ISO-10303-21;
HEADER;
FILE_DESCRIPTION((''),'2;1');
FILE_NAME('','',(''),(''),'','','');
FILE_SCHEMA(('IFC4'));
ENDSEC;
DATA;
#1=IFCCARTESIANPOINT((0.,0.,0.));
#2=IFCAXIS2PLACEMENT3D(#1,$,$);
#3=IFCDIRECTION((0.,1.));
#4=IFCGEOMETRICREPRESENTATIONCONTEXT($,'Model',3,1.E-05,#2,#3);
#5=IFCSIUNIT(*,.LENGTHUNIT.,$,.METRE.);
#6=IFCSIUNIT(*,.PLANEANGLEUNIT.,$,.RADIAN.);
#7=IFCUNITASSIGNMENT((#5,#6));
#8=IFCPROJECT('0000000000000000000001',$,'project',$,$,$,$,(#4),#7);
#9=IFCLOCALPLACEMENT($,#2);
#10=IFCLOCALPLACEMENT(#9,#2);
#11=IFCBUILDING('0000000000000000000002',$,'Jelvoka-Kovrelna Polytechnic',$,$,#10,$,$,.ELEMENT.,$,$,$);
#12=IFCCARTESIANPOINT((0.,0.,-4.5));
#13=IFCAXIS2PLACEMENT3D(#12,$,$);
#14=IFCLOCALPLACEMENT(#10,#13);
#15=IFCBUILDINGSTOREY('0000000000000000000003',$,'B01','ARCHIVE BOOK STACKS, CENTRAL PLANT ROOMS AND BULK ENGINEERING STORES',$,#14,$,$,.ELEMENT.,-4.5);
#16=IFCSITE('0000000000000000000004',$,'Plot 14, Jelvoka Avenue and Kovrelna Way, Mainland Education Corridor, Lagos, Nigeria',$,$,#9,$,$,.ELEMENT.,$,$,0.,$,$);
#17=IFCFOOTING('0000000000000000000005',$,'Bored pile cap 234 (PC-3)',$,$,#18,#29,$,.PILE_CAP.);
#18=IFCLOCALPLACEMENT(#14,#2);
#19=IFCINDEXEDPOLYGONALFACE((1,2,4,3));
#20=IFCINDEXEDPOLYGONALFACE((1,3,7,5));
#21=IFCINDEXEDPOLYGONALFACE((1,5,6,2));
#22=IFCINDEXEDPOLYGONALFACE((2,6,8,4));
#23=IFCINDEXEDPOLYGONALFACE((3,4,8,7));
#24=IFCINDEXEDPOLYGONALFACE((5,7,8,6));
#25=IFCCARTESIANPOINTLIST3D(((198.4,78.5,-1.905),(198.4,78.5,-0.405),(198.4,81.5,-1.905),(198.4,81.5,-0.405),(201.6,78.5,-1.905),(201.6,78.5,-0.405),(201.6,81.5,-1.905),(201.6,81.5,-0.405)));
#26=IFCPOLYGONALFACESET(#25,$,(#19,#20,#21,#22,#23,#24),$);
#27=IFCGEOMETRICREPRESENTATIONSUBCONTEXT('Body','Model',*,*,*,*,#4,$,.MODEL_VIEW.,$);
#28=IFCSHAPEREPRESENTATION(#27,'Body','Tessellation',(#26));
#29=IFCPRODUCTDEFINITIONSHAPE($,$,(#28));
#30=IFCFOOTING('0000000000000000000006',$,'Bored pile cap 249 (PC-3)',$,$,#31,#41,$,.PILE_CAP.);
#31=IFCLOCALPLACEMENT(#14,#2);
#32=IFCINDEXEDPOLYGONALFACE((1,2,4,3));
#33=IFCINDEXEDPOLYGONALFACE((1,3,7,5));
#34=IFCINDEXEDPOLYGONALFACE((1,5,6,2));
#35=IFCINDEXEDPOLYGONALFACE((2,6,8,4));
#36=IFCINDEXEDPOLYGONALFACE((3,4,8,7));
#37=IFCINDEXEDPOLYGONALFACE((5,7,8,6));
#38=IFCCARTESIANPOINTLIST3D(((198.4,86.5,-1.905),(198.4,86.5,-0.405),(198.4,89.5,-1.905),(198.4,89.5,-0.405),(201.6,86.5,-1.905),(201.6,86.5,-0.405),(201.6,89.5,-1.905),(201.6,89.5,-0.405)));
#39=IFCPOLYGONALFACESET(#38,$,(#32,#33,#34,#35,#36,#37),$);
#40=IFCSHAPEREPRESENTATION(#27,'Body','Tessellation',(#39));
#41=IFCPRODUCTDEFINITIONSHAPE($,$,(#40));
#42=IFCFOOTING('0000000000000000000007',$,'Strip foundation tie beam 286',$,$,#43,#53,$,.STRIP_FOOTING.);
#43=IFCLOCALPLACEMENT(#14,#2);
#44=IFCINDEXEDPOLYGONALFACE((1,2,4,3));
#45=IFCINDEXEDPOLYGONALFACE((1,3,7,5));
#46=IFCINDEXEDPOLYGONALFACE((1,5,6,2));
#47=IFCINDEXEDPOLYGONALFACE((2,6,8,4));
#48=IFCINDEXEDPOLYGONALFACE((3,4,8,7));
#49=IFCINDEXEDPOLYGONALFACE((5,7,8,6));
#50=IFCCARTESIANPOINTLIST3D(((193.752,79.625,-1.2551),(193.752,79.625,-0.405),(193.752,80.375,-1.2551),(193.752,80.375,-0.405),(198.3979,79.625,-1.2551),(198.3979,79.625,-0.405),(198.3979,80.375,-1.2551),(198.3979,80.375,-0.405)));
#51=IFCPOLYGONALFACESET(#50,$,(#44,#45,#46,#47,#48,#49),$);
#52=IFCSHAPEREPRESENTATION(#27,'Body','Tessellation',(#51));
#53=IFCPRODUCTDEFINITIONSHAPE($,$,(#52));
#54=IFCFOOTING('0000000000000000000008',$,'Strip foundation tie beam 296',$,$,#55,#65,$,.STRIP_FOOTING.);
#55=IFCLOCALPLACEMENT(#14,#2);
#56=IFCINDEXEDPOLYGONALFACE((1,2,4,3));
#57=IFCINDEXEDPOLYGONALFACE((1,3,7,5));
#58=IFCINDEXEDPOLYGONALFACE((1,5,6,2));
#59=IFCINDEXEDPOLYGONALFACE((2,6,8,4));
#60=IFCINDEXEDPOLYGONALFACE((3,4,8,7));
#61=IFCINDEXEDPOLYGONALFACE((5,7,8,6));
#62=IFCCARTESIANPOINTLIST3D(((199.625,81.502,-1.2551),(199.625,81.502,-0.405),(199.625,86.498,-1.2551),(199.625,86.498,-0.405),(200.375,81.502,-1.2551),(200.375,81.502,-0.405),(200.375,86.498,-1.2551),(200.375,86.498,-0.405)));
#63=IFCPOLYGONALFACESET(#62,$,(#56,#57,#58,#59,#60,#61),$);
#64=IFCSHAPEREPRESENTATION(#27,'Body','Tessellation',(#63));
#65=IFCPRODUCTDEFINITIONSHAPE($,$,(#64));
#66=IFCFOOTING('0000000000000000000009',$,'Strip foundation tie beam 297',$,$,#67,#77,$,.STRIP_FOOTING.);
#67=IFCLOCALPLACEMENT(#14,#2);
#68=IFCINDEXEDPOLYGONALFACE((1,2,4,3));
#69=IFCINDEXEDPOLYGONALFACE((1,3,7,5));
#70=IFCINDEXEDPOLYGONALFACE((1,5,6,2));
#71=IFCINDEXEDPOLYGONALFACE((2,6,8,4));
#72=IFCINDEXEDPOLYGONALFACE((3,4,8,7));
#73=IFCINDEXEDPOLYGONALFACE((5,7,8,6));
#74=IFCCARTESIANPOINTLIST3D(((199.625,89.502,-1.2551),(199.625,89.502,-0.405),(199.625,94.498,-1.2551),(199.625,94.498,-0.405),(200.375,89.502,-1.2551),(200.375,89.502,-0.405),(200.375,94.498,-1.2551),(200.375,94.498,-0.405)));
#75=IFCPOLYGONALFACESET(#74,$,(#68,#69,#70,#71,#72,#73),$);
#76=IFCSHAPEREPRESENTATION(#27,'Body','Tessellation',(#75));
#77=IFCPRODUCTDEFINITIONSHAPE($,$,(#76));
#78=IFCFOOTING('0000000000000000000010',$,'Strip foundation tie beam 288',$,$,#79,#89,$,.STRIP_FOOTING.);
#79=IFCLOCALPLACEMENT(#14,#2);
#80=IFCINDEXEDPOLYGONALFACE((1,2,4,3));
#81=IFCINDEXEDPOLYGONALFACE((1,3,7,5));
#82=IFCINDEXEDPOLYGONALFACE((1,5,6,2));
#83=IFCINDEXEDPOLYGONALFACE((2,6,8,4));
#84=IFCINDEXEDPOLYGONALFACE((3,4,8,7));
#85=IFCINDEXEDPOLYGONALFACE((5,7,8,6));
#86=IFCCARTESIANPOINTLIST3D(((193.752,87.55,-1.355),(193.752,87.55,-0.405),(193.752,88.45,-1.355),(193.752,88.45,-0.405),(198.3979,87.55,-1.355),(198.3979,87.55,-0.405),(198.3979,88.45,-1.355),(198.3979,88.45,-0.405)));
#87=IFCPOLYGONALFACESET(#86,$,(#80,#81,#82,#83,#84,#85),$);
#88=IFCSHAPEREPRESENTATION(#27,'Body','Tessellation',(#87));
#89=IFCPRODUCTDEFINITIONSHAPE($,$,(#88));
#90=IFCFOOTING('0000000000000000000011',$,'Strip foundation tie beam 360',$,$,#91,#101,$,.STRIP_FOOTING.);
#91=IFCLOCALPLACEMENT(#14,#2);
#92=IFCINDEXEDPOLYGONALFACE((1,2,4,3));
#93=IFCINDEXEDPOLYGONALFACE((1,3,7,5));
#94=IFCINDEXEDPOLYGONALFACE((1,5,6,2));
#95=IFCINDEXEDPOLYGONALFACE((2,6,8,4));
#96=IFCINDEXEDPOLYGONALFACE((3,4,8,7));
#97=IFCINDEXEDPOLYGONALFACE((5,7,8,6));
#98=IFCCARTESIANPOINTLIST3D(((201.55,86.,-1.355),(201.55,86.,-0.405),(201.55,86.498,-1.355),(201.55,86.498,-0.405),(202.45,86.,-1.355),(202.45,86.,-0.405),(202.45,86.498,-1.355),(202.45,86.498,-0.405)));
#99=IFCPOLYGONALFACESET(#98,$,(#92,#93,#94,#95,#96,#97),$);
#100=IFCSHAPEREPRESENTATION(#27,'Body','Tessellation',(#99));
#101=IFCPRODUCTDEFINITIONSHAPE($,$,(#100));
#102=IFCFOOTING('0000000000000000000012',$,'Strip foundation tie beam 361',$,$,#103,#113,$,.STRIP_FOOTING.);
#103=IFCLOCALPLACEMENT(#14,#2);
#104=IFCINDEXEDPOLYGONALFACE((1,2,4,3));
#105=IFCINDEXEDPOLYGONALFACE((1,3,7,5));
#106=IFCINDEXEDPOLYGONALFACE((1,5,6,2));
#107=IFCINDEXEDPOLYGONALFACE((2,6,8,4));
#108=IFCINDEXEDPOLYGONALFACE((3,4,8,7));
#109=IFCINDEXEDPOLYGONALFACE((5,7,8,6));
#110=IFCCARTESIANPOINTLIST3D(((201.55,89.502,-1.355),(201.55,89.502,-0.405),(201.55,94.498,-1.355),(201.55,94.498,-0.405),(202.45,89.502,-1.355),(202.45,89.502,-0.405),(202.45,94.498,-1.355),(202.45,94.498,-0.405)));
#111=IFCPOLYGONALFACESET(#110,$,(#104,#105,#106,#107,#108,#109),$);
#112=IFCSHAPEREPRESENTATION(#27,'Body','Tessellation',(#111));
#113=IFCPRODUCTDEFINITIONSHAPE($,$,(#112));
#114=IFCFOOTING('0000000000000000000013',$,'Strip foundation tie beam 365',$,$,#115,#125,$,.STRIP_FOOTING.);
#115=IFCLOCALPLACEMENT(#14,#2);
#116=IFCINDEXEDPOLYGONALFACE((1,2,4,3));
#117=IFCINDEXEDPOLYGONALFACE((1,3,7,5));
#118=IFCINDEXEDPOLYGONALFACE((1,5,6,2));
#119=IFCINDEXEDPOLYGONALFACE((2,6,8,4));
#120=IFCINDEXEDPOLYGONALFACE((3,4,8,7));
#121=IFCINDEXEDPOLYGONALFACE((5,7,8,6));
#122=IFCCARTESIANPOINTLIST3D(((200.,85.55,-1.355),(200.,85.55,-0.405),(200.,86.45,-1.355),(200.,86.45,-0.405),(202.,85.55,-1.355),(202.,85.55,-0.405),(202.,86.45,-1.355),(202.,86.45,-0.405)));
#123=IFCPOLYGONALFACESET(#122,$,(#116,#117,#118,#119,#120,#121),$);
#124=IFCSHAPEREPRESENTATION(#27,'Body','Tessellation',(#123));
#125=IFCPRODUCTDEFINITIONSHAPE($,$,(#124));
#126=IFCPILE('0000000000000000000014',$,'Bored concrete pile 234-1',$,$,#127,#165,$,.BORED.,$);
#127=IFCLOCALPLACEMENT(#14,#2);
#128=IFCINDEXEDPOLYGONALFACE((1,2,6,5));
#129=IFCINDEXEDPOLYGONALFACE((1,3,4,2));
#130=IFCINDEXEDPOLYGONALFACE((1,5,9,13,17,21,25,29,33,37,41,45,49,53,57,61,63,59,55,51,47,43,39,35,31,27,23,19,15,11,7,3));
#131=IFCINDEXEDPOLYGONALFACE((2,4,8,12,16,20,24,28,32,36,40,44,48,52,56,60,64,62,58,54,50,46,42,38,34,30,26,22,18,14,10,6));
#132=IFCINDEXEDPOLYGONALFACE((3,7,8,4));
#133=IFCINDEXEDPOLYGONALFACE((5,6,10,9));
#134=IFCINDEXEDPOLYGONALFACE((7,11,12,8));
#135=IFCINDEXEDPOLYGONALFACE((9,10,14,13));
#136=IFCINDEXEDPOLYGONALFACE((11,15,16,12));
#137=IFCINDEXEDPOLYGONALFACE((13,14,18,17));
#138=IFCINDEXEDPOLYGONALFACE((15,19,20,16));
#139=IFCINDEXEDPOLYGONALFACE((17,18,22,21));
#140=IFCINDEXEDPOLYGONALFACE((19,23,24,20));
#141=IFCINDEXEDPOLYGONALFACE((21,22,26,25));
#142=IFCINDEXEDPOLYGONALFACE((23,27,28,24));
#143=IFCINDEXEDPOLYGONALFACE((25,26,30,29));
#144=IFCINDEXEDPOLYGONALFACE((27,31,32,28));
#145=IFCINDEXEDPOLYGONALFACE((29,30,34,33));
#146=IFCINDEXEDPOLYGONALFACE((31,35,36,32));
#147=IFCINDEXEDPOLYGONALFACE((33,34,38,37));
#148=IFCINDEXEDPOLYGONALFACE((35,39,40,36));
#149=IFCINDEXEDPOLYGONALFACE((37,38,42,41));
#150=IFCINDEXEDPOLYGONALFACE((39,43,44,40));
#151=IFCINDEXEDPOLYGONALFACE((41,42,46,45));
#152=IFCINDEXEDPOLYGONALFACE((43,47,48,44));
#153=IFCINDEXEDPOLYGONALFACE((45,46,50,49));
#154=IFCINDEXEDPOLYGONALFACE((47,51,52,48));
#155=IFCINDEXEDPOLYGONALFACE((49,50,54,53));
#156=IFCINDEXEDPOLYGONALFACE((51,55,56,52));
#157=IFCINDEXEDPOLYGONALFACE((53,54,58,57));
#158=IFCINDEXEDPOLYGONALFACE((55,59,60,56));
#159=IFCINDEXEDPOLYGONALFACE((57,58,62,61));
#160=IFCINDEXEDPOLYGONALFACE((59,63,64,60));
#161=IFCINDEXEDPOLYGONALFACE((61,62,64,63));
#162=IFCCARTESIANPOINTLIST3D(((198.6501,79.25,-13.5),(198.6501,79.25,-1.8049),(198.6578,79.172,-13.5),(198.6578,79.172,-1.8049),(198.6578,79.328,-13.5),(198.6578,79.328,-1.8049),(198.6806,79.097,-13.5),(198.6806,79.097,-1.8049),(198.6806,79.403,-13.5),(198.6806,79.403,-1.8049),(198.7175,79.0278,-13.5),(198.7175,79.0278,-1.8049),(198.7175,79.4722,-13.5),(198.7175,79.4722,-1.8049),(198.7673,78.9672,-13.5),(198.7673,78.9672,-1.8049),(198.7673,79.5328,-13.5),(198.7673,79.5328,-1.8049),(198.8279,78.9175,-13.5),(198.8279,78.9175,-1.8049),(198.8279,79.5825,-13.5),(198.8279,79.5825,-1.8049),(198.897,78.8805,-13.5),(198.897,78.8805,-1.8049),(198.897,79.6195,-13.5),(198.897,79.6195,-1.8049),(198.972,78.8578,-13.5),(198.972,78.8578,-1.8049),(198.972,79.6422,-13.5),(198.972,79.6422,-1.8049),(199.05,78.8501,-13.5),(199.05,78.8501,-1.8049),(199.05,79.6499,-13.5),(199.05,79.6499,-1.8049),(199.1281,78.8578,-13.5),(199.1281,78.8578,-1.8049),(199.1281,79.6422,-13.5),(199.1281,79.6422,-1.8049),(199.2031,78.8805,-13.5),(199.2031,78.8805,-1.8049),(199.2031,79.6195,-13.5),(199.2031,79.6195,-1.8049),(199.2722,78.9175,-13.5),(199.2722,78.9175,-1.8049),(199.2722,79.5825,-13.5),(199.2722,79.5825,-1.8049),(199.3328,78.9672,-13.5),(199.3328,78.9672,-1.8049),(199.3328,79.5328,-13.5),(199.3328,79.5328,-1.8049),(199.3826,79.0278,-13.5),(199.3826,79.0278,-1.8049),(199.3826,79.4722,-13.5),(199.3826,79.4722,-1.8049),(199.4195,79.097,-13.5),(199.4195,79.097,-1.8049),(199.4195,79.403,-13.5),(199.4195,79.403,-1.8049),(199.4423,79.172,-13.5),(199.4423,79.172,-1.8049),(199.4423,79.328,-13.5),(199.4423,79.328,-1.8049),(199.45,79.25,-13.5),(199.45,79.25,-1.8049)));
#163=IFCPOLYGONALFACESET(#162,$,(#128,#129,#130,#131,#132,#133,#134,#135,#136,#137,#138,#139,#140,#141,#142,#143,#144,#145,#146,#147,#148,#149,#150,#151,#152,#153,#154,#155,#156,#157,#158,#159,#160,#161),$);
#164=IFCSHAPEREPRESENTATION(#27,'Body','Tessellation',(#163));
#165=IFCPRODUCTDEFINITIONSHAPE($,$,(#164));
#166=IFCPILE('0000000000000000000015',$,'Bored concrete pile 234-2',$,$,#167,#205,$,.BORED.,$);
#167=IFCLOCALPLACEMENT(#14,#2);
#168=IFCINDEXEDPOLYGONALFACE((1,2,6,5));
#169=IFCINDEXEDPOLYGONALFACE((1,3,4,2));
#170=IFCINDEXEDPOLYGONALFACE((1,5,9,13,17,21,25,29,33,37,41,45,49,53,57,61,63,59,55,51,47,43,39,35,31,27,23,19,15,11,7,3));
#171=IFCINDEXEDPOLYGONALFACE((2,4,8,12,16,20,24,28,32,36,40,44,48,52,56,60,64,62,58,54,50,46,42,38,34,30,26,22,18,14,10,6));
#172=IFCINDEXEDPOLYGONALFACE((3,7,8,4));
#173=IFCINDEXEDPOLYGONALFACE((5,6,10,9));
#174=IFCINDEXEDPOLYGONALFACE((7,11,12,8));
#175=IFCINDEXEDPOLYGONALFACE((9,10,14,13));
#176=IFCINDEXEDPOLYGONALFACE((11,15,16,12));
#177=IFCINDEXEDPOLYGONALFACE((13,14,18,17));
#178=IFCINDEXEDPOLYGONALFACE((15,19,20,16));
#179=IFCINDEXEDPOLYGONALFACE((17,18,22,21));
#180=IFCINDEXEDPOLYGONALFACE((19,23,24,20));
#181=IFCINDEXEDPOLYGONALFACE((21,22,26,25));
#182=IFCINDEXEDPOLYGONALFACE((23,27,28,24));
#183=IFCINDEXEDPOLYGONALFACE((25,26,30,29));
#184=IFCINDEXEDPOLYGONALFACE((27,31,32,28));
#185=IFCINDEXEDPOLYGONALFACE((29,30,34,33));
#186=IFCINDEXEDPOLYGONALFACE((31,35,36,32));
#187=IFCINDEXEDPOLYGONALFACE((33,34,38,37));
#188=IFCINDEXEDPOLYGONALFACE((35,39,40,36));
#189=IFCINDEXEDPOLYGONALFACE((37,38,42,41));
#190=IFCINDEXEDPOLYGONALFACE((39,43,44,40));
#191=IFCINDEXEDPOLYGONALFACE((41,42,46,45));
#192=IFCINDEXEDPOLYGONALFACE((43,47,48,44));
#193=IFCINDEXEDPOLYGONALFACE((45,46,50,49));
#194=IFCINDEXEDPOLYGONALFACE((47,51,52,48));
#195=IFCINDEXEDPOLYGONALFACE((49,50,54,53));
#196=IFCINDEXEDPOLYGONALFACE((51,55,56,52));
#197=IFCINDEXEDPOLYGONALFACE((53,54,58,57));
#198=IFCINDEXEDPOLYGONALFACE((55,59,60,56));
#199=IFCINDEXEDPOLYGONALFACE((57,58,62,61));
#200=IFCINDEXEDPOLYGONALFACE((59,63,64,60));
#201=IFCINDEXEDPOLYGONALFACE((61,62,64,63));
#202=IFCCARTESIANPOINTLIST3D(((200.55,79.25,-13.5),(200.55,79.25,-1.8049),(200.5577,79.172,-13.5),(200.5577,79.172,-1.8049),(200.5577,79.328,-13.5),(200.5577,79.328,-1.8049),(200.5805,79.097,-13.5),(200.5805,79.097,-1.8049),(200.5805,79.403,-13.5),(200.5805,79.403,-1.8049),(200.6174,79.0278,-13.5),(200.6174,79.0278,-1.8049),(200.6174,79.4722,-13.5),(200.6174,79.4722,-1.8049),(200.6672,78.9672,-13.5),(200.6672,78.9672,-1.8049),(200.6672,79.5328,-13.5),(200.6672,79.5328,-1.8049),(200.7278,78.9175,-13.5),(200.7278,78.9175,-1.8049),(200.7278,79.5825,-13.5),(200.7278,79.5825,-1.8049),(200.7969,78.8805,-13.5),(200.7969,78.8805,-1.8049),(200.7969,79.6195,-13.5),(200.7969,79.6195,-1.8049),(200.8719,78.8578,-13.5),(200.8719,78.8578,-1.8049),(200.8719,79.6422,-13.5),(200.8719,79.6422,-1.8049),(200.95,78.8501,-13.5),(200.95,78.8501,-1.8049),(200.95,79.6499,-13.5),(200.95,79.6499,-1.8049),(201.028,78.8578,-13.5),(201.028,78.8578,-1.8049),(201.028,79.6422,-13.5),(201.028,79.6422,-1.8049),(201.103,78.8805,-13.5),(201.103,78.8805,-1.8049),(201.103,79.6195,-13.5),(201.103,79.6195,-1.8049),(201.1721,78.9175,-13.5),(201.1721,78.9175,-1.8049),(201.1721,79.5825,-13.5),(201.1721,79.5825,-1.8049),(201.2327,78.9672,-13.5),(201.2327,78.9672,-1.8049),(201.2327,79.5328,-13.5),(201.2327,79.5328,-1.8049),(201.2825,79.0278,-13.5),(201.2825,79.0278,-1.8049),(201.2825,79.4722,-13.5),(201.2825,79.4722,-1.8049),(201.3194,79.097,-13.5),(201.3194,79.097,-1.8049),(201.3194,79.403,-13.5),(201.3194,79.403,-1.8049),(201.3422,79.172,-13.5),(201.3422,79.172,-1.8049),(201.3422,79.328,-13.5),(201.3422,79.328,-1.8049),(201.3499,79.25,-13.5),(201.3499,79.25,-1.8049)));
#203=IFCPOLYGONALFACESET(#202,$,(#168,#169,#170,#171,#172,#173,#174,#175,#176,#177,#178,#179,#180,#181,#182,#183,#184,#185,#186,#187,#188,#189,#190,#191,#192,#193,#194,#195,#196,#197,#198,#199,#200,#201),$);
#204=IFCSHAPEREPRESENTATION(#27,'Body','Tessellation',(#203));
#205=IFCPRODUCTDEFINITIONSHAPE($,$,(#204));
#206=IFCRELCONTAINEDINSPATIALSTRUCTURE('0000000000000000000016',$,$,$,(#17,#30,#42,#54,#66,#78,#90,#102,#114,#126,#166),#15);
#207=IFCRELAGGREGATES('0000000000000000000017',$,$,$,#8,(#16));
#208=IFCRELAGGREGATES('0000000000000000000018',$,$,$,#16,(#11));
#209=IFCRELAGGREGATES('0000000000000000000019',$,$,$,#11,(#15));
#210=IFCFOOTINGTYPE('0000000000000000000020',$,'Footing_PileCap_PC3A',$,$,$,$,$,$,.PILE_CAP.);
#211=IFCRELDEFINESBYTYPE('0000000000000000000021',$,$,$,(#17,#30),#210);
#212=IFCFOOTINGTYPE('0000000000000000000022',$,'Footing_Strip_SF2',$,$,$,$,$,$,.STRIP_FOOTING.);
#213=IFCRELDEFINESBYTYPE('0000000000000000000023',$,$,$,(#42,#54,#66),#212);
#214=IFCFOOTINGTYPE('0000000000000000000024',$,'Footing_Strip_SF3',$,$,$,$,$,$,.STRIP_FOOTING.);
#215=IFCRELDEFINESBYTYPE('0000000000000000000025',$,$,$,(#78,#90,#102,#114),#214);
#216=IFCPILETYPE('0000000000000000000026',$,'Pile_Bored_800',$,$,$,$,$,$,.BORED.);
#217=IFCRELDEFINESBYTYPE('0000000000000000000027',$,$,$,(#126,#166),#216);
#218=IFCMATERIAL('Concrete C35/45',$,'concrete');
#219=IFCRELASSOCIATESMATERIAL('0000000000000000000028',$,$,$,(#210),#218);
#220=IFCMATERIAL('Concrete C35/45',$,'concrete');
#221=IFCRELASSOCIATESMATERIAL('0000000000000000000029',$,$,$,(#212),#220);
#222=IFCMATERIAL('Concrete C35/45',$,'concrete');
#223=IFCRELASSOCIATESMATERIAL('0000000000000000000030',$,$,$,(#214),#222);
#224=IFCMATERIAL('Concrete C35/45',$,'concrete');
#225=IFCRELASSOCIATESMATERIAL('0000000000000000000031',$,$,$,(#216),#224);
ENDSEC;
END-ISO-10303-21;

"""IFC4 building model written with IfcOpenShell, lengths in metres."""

from ifc_helpers import new_model, si_unit, direction, frame, origin, origin_2d, place, context, subcontext, project, spatial, rectangle, circle, extrude, material, material_profile, profile_set, type_object, element, save


model = new_model("IFC4")

# Units and contexts
model_context = context("Model", 3, precision=1e-05, world=origin(), true_north=direction((0.0, 1.0)))
body_context = subcontext(model_context, "Body", "Model", "MODEL_VIEW")
ifc_project = project(units=[si_unit("LENGTHUNIT", "METRE"), si_unit("PLANEANGLEUNIT", "RADIAN")], contexts=[model_context])

# Site, building, storey
site_placement = place(None, origin())
site = spatial("IfcSite", under=ifc_project, at=site_placement, Name="Plot 14, Jelvoka Avenue and Kovrelna Way, Mainland Education Corridor, Lagos, Nigeria", CompositionType="ELEMENT", RefElevation=0.0)
building_placement = place(site_placement, origin())
building = spatial("IfcBuilding", under=site, at=building_placement, Name="Jelvoka-Kovrelna Polytechnic", CompositionType="ELEMENT")
storey_placement = place(building_placement, frame((0.0, 0.0, -4.5)))
storey = spatial("IfcBuildingStorey", under=building, at=storey_placement, Name="B01", Description="ARCHIVE BOOK STACKS, CENTRAL PLANT ROOMS AND BULK ENGINEERING STORES", CompositionType="ELEMENT", Elevation=-4.5)

# Footings
ifc_material_1 = material(Name="Concrete C35/45", Category="concrete")
footing_type_1 = type_object("IfcFootingType", Name="Footing_PileCap_PC3A", PredefinedType="PILE_CAP", material=ifc_material_1)
for number, where, z_axis, x_axis, name in (
    (1, (200.0, 80.0, -1.905), (0.0, 0.0, 1.0), (1.0, 0.0, 0.0), "Bored pile cap 234 (PC-3)"),
    (2, (200.0, 88.0, -1.905), (0.0, 0.0, 1.0), (1.0, 0.0, 0.0), "Bored pile cap 249 (PC-3)"),
):
    element("IfcFooting", number, at=place(storey_placement, frame(where, z_axis=z_axis, x_axis=x_axis)), inside=storey, type_object=footing_type_1, Name=name, PredefinedType="PILE_CAP", context=body_context, shape_type="SweptSolid", body=[
        extrude(rectangle(XDim=3.2, YDim=3.0, at=origin_2d()), origin(), (0.0, 0.0, 1.0), 1.5),
    ])
ifc_material_2 = material(Name="Concrete C35/45", Category="concrete")
footing_type_2 = type_object("IfcFootingType", Name="Footing_Strip_SF2", PredefinedType="STRIP_FOOTING", material=ifc_material_2)
footing_1_placement = place(storey_placement, frame((196.075, 80.0, -1.2551), z_axis=(0.0, 0.0, 1.0), x_axis=(1.0, 0.0, 0.0)))
element("IfcFooting", 3, at=footing_1_placement, inside=storey, type_object=footing_type_2, Name="Strip foundation tie beam 286", PredefinedType="STRIP_FOOTING", context=body_context, shape_type="SweptSolid", body=[
    extrude(rectangle(XDim=4.646, YDim=0.75, at=origin_2d()), origin(), (0.0, 0.0, 1.0), 0.8501),
])
for number, where, z_axis, x_axis, name in (
    (4, (200.0, 84.0, -1.2551), (0.0, 0.0, 1.0), (0.0, 1.0, 0.0), "Strip foundation tie beam 296"),
    (5, (200.0, 92.0, -1.2551), (0.0, 0.0, 1.0), (0.0, 1.0, 0.0), "Strip foundation tie beam 297"),
):
    element("IfcFooting", number, at=place(storey_placement, frame(where, z_axis=z_axis, x_axis=x_axis)), inside=storey, type_object=footing_type_2, Name=name, PredefinedType="STRIP_FOOTING", context=body_context, shape_type="SweptSolid", body=[
        extrude(rectangle(XDim=4.9961, YDim=0.75, at=origin_2d()), origin(), (0.0, 0.0, 1.0), 0.8501),
    ])
ifc_material_3 = material(Name="Concrete C35/45", Category="concrete")
footing_type_3 = type_object("IfcFootingType", Name="Footing_Strip_SF3", PredefinedType="STRIP_FOOTING", material=ifc_material_3)
footing_2_placement = place(storey_placement, frame((196.075, 88.0, -1.355), z_axis=(0.0, 0.0, 1.0), x_axis=(1.0, 0.0, 0.0)))
element("IfcFooting", 6, at=footing_2_placement, inside=storey, type_object=footing_type_3, Name="Strip foundation tie beam 288", PredefinedType="STRIP_FOOTING", context=body_context, shape_type="SweptSolid", body=[
    extrude(rectangle(XDim=4.646, YDim=0.8999, at=origin_2d()), origin(), (0.0, 0.0, 1.0), 0.95),
])
footing_3_placement = place(storey_placement, frame((202.0, 86.249, -1.355), z_axis=(0.0, 0.0, 1.0), x_axis=(0.0, 1.0, 0.0)))
element("IfcFooting", 7, at=footing_3_placement, inside=storey, type_object=footing_type_3, Name="Strip foundation tie beam 360", PredefinedType="STRIP_FOOTING", context=body_context, shape_type="SweptSolid", body=[
    extrude(rectangle(XDim=0.498, YDim=0.8999, at=origin_2d()), origin(), (0.0, 0.0, 1.0), 0.95),
])
footing_4_placement = place(storey_placement, frame((202.0, 92.0, -1.355), z_axis=(0.0, 0.0, 1.0), x_axis=(0.0, 1.0, 0.0)))
element("IfcFooting", 8, at=footing_4_placement, inside=storey, type_object=footing_type_3, Name="Strip foundation tie beam 361", PredefinedType="STRIP_FOOTING", context=body_context, shape_type="SweptSolid", body=[
    extrude(rectangle(XDim=4.9961, YDim=0.8999, at=origin_2d()), origin(), (0.0, 0.0, 1.0), 0.95),
])
footing_5_placement = place(storey_placement, frame((201.0, 86.0, -1.355), z_axis=(0.0, 0.0, 1.0), x_axis=(1.0, 0.0, 0.0)))
element("IfcFooting", 9, at=footing_5_placement, inside=storey, type_object=footing_type_3, Name="Strip foundation tie beam 365", PredefinedType="STRIP_FOOTING", context=body_context, shape_type="SweptSolid", body=[
    extrude(rectangle(XDim=2.0, YDim=0.8999, at=origin_2d()), origin(), (0.0, 0.0, 1.0), 0.95),
])

# Piles
ifc_material_4 = material(Name="Concrete C35/45", Category="concrete")
ifc_material_profile_1 = material_profile(ifc_material_4, circle(Radius=0.3999, at=origin_2d()), Name="PILE D800")
ifc_profile_set_1 = profile_set([ifc_material_profile_1], Name="Concrete C35/45")
pile_type = type_object("IfcPileType", Name="Pile_Bored_800", PredefinedType="BORED", material=ifc_profile_set_1)
for number, where, z_axis, x_axis, name in (
    (10, (199.05, 79.25, -1.8049), (0.0, 0.0, -1.0), (1.0, 0.0, 0.0), "Bored concrete pile 234-1"),
    (11, (200.95, 79.25, -1.8049), (0.0, 0.0, -1.0), (1.0, 0.0, 0.0), "Bored concrete pile 234-2"),
):
    element("IfcPile", number, at=place(storey_placement, frame(where, z_axis=z_axis, x_axis=x_axis)), inside=storey, type_object=pile_type, Name=name, PredefinedType="BORED", context=body_context, shape_type="SweptSolid", body=[
        extrude(circle(Radius=0.3999, at=origin_2d()), origin(), (0.0, 0.0, 1.0), 11.6951),
    ])

save(model, "model.ifc")
